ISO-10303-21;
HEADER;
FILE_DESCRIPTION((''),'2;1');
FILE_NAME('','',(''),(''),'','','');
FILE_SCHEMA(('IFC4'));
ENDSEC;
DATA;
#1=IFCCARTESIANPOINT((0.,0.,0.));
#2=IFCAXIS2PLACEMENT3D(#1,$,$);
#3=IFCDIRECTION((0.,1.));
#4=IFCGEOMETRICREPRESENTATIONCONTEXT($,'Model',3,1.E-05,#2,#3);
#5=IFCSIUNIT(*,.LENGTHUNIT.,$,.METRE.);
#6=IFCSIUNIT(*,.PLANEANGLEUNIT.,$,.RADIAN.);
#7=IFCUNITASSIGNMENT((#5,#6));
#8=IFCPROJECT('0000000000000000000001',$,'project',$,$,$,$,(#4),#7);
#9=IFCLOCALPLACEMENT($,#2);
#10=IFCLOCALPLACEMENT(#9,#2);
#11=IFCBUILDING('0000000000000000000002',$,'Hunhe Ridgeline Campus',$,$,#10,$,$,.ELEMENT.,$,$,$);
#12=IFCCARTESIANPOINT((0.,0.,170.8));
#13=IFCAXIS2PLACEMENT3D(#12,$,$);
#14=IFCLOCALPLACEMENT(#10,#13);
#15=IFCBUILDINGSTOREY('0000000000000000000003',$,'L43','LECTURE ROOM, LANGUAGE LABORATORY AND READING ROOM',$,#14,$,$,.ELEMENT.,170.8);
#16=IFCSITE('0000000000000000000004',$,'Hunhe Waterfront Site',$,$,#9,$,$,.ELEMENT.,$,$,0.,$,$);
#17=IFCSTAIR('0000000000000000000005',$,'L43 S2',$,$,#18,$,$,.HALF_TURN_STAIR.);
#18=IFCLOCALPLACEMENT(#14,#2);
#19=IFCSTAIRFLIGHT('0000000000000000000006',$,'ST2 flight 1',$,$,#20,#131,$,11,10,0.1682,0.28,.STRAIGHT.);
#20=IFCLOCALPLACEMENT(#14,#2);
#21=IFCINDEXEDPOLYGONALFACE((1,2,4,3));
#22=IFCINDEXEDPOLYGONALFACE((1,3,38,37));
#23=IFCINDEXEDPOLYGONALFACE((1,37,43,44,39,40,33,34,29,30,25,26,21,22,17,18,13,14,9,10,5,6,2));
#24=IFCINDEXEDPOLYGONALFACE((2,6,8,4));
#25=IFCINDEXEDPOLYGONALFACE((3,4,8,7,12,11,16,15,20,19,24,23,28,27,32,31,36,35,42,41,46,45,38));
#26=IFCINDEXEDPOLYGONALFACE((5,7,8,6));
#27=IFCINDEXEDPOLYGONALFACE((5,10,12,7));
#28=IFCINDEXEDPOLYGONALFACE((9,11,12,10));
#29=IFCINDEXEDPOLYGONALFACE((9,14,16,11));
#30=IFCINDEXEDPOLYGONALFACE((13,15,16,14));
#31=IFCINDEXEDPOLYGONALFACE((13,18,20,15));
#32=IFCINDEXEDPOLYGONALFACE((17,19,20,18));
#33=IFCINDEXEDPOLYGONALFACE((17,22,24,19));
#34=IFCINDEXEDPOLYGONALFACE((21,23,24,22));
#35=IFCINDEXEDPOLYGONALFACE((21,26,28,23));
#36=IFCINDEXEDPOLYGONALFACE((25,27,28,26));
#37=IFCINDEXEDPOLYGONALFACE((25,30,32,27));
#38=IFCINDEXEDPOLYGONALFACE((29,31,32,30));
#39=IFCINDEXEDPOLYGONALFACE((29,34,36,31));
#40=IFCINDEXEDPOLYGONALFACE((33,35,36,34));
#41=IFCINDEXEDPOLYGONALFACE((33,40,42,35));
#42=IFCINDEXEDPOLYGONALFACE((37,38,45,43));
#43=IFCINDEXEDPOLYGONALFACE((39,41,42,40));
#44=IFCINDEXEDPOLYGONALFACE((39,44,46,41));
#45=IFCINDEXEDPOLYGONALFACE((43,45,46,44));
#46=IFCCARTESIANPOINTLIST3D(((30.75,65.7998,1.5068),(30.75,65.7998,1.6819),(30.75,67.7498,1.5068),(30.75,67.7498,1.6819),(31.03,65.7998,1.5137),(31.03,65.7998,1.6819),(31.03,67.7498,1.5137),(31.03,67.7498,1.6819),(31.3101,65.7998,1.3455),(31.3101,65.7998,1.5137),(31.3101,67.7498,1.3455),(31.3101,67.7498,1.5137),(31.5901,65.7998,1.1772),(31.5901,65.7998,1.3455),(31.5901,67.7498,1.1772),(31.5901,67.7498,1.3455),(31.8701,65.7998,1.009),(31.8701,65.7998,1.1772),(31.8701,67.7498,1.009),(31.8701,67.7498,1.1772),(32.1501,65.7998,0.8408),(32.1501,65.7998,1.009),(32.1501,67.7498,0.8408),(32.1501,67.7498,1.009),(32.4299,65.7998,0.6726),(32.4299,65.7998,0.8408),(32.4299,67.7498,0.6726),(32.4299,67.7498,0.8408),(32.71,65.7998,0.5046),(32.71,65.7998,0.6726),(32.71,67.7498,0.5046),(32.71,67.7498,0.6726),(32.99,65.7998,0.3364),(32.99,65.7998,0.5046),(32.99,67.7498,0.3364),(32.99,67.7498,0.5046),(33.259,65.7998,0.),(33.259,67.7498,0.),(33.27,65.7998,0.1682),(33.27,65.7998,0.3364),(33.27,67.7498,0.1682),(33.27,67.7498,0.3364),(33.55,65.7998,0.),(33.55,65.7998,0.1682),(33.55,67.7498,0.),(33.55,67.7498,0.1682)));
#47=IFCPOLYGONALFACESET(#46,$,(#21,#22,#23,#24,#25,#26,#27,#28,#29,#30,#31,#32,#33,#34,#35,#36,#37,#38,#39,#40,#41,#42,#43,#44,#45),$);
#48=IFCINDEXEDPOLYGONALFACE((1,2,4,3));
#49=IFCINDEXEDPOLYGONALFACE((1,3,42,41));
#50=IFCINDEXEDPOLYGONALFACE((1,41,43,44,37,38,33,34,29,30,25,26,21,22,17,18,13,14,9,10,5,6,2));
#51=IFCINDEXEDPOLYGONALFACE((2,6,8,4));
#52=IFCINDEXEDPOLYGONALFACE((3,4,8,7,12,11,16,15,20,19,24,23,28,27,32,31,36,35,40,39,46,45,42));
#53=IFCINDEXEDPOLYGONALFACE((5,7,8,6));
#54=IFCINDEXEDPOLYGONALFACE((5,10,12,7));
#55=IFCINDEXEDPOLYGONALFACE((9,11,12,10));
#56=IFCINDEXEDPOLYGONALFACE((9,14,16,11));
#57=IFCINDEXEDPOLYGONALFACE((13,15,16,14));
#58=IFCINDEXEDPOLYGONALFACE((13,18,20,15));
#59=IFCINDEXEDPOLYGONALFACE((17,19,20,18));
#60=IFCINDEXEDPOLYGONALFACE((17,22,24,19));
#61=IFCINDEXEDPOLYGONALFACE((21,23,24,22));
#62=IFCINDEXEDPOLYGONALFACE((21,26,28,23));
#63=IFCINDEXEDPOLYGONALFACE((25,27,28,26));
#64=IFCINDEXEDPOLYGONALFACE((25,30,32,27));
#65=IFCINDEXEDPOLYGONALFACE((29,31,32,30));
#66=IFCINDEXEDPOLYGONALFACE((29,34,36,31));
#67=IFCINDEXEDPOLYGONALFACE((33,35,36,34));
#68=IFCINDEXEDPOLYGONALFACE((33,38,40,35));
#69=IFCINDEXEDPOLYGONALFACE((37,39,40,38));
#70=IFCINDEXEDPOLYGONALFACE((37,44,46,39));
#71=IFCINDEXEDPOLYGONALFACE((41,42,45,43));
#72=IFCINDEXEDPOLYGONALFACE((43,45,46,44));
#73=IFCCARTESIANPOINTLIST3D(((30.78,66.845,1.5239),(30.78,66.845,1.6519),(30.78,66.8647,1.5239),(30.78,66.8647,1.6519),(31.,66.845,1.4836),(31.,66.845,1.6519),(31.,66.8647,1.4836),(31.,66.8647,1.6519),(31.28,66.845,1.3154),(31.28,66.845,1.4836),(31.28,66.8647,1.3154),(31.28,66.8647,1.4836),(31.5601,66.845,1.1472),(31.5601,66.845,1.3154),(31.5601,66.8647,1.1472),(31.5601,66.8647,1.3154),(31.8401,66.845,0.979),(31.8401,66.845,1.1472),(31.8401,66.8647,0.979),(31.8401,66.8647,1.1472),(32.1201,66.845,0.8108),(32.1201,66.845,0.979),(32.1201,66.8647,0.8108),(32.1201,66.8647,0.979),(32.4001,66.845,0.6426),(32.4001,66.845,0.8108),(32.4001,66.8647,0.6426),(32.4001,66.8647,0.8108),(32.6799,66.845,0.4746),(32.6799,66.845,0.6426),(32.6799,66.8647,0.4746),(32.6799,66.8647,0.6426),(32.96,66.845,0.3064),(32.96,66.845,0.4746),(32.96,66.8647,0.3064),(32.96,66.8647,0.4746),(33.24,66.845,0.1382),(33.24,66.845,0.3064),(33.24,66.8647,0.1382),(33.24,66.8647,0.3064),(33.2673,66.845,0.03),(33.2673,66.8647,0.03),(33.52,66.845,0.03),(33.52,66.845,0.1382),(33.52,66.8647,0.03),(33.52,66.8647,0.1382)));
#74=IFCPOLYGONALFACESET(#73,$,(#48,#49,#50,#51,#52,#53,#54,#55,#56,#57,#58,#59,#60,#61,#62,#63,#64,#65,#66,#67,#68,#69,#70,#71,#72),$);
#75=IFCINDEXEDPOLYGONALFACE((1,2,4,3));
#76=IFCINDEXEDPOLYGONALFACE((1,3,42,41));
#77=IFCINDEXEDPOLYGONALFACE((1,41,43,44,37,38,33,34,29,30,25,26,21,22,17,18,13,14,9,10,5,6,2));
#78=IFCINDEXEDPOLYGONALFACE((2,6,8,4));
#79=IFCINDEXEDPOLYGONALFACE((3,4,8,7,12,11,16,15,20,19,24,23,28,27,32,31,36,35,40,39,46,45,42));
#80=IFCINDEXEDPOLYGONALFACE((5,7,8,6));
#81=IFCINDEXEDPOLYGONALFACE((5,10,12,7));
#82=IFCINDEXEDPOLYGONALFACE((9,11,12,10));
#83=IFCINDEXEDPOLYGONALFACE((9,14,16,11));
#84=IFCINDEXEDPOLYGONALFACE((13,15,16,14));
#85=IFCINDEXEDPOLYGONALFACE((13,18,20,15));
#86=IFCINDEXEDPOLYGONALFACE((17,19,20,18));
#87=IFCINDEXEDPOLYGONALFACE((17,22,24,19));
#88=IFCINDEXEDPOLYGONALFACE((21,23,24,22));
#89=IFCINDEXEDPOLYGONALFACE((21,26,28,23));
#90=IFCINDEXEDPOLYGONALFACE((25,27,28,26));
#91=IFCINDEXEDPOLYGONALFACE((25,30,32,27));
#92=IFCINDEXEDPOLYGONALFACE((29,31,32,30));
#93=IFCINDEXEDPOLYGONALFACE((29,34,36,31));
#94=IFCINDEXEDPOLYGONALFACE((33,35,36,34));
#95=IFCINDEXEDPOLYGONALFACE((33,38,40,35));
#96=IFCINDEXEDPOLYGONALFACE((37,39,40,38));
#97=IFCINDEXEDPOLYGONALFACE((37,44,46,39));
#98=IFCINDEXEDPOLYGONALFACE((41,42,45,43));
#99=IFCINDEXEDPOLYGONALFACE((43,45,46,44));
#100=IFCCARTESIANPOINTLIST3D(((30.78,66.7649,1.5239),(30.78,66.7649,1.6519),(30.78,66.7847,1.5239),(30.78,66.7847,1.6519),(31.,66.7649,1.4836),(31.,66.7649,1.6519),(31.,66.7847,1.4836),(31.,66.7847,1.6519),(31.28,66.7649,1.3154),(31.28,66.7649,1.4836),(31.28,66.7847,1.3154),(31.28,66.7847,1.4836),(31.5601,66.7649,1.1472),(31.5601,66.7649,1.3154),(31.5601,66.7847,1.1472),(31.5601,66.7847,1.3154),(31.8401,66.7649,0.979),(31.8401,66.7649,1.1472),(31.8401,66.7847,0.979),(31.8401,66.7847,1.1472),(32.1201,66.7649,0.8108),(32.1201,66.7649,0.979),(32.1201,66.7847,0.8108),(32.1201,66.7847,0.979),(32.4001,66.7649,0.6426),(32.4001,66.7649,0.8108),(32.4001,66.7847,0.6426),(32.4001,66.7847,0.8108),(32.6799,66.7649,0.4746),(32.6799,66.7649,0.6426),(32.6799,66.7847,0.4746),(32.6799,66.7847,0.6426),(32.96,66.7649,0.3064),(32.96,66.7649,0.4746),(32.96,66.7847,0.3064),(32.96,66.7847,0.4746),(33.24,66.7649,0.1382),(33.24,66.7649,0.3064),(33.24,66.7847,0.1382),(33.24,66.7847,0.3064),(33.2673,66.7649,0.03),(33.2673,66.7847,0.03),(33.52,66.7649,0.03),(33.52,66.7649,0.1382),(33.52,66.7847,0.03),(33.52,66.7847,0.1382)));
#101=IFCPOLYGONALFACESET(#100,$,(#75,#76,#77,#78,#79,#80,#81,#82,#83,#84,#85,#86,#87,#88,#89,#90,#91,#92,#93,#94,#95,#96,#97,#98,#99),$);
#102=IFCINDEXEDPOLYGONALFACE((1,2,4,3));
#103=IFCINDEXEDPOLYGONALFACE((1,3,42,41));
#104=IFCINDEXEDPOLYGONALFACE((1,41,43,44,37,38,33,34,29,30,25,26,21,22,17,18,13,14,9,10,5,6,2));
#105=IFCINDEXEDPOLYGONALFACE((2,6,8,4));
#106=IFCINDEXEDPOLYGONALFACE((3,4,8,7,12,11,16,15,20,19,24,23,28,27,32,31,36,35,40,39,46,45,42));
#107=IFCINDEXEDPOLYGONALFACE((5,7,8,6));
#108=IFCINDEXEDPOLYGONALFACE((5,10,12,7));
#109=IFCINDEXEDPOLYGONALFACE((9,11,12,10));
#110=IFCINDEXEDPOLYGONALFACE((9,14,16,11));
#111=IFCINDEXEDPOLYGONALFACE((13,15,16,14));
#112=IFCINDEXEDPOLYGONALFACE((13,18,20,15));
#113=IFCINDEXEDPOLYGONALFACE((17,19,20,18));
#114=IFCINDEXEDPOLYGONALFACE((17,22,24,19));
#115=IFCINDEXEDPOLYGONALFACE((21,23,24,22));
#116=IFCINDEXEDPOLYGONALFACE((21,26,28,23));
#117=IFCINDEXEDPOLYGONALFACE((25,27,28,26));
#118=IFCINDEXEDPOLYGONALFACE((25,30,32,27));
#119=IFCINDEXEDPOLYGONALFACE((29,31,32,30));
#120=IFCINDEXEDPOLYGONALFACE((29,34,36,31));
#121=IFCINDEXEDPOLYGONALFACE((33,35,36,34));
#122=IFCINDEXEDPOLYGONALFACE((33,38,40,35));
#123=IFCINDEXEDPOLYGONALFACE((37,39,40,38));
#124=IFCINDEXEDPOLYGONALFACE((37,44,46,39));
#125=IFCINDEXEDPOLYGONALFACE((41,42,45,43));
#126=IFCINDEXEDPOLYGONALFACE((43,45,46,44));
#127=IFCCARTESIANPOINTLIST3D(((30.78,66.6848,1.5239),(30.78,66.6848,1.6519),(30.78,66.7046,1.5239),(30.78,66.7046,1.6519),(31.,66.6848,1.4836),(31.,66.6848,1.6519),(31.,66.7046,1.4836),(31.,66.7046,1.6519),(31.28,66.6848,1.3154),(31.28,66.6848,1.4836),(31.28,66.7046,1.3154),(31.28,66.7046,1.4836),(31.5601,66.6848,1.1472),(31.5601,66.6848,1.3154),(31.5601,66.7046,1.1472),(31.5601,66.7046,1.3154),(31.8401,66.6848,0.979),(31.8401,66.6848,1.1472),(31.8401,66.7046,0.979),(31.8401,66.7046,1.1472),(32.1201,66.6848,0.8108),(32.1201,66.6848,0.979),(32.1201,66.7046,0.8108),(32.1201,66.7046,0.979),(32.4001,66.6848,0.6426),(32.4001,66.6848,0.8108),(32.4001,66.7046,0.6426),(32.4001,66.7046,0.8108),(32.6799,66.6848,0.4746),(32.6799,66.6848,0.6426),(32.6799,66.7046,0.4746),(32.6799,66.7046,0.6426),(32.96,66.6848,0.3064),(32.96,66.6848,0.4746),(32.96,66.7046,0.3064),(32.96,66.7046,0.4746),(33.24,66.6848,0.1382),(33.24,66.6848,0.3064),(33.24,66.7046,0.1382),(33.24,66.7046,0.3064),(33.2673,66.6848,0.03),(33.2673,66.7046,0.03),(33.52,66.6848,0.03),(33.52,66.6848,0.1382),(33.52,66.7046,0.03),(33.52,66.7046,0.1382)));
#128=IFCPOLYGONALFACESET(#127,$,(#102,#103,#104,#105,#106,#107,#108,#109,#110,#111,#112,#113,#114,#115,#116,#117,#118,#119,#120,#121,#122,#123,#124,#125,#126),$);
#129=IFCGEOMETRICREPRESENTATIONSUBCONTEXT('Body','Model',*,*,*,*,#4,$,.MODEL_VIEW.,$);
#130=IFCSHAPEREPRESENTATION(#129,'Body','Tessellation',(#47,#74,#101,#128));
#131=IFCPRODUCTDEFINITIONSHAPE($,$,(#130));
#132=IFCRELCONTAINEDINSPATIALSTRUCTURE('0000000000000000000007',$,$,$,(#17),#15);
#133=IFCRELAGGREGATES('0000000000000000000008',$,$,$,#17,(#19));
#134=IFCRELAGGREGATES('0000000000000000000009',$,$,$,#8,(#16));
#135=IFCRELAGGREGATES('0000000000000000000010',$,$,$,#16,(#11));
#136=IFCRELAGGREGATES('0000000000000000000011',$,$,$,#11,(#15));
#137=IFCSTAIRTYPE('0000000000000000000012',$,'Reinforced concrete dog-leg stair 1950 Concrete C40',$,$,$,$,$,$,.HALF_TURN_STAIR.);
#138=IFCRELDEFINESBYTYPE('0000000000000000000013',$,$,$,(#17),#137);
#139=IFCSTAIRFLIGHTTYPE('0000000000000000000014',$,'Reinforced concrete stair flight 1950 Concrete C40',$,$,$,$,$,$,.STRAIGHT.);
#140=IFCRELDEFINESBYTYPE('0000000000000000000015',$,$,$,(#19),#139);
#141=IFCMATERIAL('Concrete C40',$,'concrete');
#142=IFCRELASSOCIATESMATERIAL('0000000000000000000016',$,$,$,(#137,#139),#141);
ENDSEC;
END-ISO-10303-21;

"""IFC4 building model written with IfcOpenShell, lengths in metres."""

from ifc_helpers import new_model, si_unit, direction, frame, origin, place, context, subcontext, project, spatial, polyline, outline, extrude, material, type_object, element, aggregate, save


model = new_model("IFC4")

# Units and contexts
model_context = context("Model", 3, precision=1e-05, world=origin(), true_north=direction((0.0, 1.0)))
body_context = subcontext(model_context, "Body", "Model", "MODEL_VIEW")
ifc_project = project(units=[si_unit("LENGTHUNIT", "METRE"), si_unit("PLANEANGLEUNIT", "RADIAN")], contexts=[model_context])

# Site, building, storey
site_placement = place(None, origin())
site = spatial("IfcSite", under=ifc_project, at=site_placement, Name="Hunhe Waterfront Site", CompositionType="ELEMENT", RefElevation=0.0)
building_placement = place(site_placement, origin())
building = spatial("IfcBuilding", under=site, at=building_placement, Name="Hunhe Ridgeline Campus", CompositionType="ELEMENT")
storey_placement = place(building_placement, frame((0.0, 0.0, 170.8)))
storey = spatial("IfcBuildingStorey", under=building, at=storey_placement, Name="L43", Description="LECTURE ROOM, LANGUAGE LABORATORY AND READING ROOM", CompositionType="ELEMENT", Elevation=170.8)

# Stair, stair flight
ifc_material_1 = material(Name="Concrete C40", Category="concrete")
stair_type = type_object("IfcStairType", Name="Reinforced concrete dog-leg stair 1950 Concrete C40", PredefinedType="HALF_TURN_STAIR", material=ifc_material_1)
stair_placement = place(storey_placement, origin())
stair = element("IfcStair", 1, at=stair_placement, inside=storey, type_object=stair_type, Name="L43 S2", PredefinedType="HALF_TURN_STAIR")
stair_flight_type = type_object("IfcStairFlightType", Name="Reinforced concrete stair flight 1950 Concrete C40", PredefinedType="STRAIGHT", material=ifc_material_1)
stair_flight_1_placement = place(storey_placement, frame((33.55, 66.7749, 0.0), z_axis=(0.0, 0.0, 1.0), x_axis=(-1.0, 0.0, 0.0)))
stair_flight_1 = element("IfcStairFlight", 2, at=stair_flight_1_placement, type_object=stair_flight_type, Name="ST2 flight 1", NumberOfRisers=11, NumberOfTreads=10, PredefinedType="STRAIGHT", RiserHeight=0.1682, TreadLength=0.28, context=body_context, shape_type="SweptSolid", body=[
    extrude(outline(polyline([(0.0, 0.0), (0.0, 0.1682), (0.28, 0.1682), (0.28, 0.3364), (0.5601, 0.3364), (0.5601, 0.5046), (0.8401, 0.5046), (0.8401, 0.6726), (1.1201, 0.6726), (1.1201, 0.8408), (1.3999, 0.8408), (1.3999, 1.009), (1.6799, 1.009), (1.6799, 1.1772), (1.96, 1.1772), (1.96, 1.3455), (2.24, 1.3455), (2.24, 1.5137), (2.52, 1.5137), (2.52, 1.6819), (2.8, 1.6819), (2.8, 1.8501), (2.8, 1.5068), (0.291, 0.0), (0.0, 0.0)])), frame((0.0, 0.9751, 0.0), z_axis=(0.0, -1.0, 0.0), x_axis=(1.0, 0.0, 0.0)), (0.0, 0.0, 1.0), 1.95),
    extrude(outline(polyline([(0.03, 0.03), (0.03, 0.1382), (0.3101, 0.1382), (0.3101, 0.3064), (0.5901, 0.3064), (0.5901, 0.4746), (0.8701, 0.4746), (0.8701, 0.6426), (1.1499, 0.6426), (1.1499, 0.8108), (1.4299, 0.8108), (1.4299, 0.979), (1.71, 0.979), (1.71, 1.1472), (1.99, 1.1472), (1.99, 1.3154), (2.27, 1.3154), (2.27, 1.4836), (2.55, 1.4836), (2.55, 1.6519), (2.77, 1.6519), (2.77, 1.5239), (0.2827, 0.03), (0.03, 0.03)])), frame((0.0, -0.0701, 0.0), z_axis=(0.0, -1.0, 0.0), x_axis=(1.0, 0.0, 0.0)), (0.0, 0.0, 1.0), 0.0198),
    extrude(outline(polyline([(0.03, 0.03), (0.03, 0.1382), (0.3101, 0.1382), (0.3101, 0.3064), (0.5901, 0.3064), (0.5901, 0.4746), (0.8701, 0.4746), (0.8701, 0.6426), (1.1499, 0.6426), (1.1499, 0.8108), (1.4299, 0.8108), (1.4299, 0.979), (1.71, 0.979), (1.71, 1.1472), (1.99, 1.1472), (1.99, 1.3154), (2.27, 1.3154), (2.27, 1.4836), (2.55, 1.4836), (2.55, 1.6519), (2.77, 1.6519), (2.77, 1.5239), (0.2827, 0.03), (0.03, 0.03)])), frame((0.0, 0.01, 0.0), z_axis=(0.0, -1.0, 0.0), x_axis=(1.0, 0.0, 0.0)), (0.0, 0.0, 1.0), 0.0198),
    extrude(outline(polyline([(0.03, 0.03), (0.03, 0.1382), (0.3101, 0.1382), (0.3101, 0.3064), (0.5901, 0.3064), (0.5901, 0.4746), (0.8701, 0.4746), (0.8701, 0.6426), (1.1499, 0.6426), (1.1499, 0.8108), (1.4299, 0.8108), (1.4299, 0.979), (1.71, 0.979), (1.71, 1.1472), (1.99, 1.1472), (1.99, 1.3154), (2.27, 1.3154), (2.27, 1.4836), (2.55, 1.4836), (2.55, 1.6519), (2.77, 1.6519), (2.77, 1.5239), (0.2827, 0.03), (0.03, 0.03)])), frame((0.0, 0.0901, 0.0), z_axis=(0.0, -1.0, 0.0), x_axis=(1.0, 0.0, 0.0)), (0.0, 0.0, 1.0), 0.0198),
])
aggregate(stair, [stair_flight_1])

save(model, "model.ifc")
